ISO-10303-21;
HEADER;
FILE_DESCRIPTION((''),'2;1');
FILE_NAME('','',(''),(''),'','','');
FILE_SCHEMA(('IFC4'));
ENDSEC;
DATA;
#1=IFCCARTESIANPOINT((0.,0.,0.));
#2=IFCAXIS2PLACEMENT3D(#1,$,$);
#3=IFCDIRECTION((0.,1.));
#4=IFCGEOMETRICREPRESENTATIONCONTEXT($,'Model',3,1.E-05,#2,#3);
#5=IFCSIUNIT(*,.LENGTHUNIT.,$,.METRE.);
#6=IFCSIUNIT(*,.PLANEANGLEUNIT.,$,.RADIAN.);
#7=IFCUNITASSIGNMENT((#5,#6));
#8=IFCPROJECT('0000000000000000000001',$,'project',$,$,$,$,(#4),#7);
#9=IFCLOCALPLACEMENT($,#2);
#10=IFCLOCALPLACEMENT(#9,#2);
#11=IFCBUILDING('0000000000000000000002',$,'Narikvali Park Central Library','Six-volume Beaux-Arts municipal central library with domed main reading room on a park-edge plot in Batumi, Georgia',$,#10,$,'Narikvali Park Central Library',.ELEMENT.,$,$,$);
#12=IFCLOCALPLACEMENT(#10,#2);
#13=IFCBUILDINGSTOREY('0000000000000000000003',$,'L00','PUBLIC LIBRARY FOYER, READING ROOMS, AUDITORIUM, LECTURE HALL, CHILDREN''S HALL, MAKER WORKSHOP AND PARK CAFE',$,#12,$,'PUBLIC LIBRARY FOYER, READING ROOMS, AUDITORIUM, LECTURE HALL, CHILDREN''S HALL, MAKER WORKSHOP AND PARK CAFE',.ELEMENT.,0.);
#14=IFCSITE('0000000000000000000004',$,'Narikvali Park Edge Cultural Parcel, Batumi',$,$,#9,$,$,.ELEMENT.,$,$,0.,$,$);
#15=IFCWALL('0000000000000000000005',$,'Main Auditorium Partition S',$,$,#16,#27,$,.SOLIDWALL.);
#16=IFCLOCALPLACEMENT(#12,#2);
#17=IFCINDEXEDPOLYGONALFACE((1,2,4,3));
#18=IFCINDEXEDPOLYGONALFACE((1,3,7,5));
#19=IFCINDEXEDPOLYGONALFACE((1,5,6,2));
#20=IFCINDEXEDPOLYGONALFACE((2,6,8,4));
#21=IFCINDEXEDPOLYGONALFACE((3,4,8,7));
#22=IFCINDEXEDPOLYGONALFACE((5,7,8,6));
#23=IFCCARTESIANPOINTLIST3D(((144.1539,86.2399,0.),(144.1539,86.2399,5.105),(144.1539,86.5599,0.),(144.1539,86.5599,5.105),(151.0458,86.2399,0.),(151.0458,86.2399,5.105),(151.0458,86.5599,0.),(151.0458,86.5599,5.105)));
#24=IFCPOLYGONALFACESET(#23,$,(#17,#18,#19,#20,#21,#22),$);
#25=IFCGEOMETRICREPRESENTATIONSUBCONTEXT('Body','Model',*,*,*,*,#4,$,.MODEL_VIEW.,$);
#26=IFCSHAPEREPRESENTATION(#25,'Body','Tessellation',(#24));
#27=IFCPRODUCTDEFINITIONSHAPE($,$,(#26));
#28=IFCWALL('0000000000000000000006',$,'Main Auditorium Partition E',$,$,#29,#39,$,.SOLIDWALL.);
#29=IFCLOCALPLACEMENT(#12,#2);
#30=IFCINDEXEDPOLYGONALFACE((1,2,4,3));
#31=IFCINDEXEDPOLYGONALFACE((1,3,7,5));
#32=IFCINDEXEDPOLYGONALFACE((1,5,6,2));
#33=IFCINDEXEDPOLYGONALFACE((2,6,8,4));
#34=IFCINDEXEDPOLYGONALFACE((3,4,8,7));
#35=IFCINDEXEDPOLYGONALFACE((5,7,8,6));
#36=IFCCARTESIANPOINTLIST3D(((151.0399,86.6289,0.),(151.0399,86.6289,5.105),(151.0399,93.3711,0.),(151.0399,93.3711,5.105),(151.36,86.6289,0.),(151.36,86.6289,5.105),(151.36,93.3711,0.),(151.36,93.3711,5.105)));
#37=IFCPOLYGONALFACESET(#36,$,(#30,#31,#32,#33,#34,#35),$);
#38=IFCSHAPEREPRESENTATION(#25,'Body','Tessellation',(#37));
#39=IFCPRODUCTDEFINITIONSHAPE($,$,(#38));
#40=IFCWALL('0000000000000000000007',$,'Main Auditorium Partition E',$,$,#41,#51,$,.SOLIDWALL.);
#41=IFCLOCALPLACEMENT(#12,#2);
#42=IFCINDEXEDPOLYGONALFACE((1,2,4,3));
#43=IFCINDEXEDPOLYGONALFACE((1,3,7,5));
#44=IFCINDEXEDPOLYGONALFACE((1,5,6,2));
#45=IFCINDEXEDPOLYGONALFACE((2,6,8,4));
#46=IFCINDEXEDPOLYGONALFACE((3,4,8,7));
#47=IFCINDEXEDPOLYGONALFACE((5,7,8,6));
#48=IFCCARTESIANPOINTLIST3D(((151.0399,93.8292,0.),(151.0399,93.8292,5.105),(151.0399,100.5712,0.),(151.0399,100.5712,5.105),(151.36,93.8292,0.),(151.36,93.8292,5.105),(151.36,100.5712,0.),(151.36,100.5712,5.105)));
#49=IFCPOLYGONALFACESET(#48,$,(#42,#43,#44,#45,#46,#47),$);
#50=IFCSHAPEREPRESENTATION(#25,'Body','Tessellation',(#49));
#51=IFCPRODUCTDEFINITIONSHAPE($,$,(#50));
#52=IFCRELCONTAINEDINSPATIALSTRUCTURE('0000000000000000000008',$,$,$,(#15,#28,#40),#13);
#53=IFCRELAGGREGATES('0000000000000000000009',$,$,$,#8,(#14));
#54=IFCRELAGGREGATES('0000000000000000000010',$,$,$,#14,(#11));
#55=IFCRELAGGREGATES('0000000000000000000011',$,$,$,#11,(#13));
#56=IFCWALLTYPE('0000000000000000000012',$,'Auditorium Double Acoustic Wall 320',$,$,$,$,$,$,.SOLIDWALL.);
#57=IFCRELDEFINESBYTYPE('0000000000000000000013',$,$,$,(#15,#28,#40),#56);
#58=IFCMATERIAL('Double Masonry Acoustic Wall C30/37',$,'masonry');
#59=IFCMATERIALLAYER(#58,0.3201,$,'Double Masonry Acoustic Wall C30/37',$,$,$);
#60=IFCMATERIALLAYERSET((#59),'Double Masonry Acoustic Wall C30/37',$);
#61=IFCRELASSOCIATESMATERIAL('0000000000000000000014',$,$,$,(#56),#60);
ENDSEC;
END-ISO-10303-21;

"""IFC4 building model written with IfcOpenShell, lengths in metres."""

from ifc_helpers import new_model, si_unit, direction, frame, frame_2d, origin, place, context, subcontext, project, spatial, rectangle, extrude, material, layer, layer_set, type_object, element, save


model = new_model("IFC4")

# Units and contexts
model_context = context("Model", 3, precision=1e-05, world=origin(), true_north=direction((0.0, 1.0)))
body_context = subcontext(model_context, "Body", "Model", "MODEL_VIEW")
ifc_project = project(units=[si_unit("LENGTHUNIT", "METRE"), si_unit("PLANEANGLEUNIT", "RADIAN")], contexts=[model_context])

# Site, building, storey
site_placement = place(None, origin())
site = spatial("IfcSite", under=ifc_project, at=site_placement, Name="Narikvali Park Edge Cultural Parcel, Batumi", CompositionType="ELEMENT", RefElevation=0.0)
building_placement = place(site_placement, origin())
building = spatial("IfcBuilding", under=site, at=building_placement, Name="Narikvali Park Central Library", Description="Six-volume Beaux-Arts municipal central library with domed main reading room on a park-edge plot in Batumi, Georgia", LongName="Narikvali Park Central Library", CompositionType="ELEMENT")
storey_placement = place(building_placement, origin())
storey = spatial("IfcBuildingStorey", under=building, at=storey_placement, Name="L00", Description="PUBLIC LIBRARY FOYER, READING ROOMS, AUDITORIUM, LECTURE HALL, CHILDREN'S HALL, MAKER WORKSHOP AND PARK CAFE", LongName="PUBLIC LIBRARY FOYER, READING ROOMS, AUDITORIUM, LECTURE HALL, CHILDREN'S HALL, MAKER WORKSHOP AND PARK CAFE", CompositionType="ELEMENT", Elevation=0.0)

# Walls
ifc_material_1 = material(Name="Double Masonry Acoustic Wall C30/37", Category="masonry")
ifc_layer_1 = layer(ifc_material_1, 0.3201, Name="Double Masonry Acoustic Wall C30/37")
ifc_layer_set_1 = layer_set([ifc_layer_1], Name="Double Masonry Acoustic Wall C30/37")
wall_type = type_object("IfcWallType", Name="Auditorium Double Acoustic Wall 320", PredefinedType="SOLIDWALL", material=ifc_layer_set_1)
wall_1_placement = place(storey_placement, frame((144.1541, 86.3999, 0.0), z_axis=(0.0, 0.0, 1.0), x_axis=(1.0, 0.0, 0.0)))
element("IfcWall", 1, at=wall_1_placement, inside=storey, type_object=wall_type, Name="Main Auditorium Partition S", PredefinedType="SOLIDWALL", context=body_context, shape_type="SweptSolid", body=[
    extrude(rectangle(XDim=6.8918, YDim=0.3201, at=frame_2d((3.4458, 0.0))), origin(), (0.0, 0.0, 1.0), 5.105),
])
wall_2_placement = place(storey_placement, frame((151.2, 86.6289, 0.0), z_axis=(0.0, 0.0, 1.0), x_axis=(0.0, 1.0, 0.0)))
element("IfcWall", 2, at=wall_2_placement, inside=storey, type_object=wall_type, Name="Main Auditorium Partition E", PredefinedType="SOLIDWALL", context=body_context, shape_type="SweptSolid", body=[
    extrude(rectangle(XDim=6.7422, YDim=0.3201, at=frame_2d((3.3711, 0.0))), origin(), (0.0, 0.0, 1.0), 5.105),
])
wall_3_placement = place(storey_placement, frame((151.2, 93.8291, 0.0), z_axis=(0.0, 0.0, 1.0), x_axis=(0.0, 1.0, 0.0)))
element("IfcWall", 3, at=wall_3_placement, inside=storey, type_object=wall_type, Name="Main Auditorium Partition E", PredefinedType="SOLIDWALL", context=body_context, shape_type="SweptSolid", body=[
    extrude(rectangle(XDim=6.7419, YDim=0.3201, at=frame_2d((3.3711, 0.0))), origin(), (0.0, 0.0, 1.0), 5.105),
])

save(model, "model.ifc")
